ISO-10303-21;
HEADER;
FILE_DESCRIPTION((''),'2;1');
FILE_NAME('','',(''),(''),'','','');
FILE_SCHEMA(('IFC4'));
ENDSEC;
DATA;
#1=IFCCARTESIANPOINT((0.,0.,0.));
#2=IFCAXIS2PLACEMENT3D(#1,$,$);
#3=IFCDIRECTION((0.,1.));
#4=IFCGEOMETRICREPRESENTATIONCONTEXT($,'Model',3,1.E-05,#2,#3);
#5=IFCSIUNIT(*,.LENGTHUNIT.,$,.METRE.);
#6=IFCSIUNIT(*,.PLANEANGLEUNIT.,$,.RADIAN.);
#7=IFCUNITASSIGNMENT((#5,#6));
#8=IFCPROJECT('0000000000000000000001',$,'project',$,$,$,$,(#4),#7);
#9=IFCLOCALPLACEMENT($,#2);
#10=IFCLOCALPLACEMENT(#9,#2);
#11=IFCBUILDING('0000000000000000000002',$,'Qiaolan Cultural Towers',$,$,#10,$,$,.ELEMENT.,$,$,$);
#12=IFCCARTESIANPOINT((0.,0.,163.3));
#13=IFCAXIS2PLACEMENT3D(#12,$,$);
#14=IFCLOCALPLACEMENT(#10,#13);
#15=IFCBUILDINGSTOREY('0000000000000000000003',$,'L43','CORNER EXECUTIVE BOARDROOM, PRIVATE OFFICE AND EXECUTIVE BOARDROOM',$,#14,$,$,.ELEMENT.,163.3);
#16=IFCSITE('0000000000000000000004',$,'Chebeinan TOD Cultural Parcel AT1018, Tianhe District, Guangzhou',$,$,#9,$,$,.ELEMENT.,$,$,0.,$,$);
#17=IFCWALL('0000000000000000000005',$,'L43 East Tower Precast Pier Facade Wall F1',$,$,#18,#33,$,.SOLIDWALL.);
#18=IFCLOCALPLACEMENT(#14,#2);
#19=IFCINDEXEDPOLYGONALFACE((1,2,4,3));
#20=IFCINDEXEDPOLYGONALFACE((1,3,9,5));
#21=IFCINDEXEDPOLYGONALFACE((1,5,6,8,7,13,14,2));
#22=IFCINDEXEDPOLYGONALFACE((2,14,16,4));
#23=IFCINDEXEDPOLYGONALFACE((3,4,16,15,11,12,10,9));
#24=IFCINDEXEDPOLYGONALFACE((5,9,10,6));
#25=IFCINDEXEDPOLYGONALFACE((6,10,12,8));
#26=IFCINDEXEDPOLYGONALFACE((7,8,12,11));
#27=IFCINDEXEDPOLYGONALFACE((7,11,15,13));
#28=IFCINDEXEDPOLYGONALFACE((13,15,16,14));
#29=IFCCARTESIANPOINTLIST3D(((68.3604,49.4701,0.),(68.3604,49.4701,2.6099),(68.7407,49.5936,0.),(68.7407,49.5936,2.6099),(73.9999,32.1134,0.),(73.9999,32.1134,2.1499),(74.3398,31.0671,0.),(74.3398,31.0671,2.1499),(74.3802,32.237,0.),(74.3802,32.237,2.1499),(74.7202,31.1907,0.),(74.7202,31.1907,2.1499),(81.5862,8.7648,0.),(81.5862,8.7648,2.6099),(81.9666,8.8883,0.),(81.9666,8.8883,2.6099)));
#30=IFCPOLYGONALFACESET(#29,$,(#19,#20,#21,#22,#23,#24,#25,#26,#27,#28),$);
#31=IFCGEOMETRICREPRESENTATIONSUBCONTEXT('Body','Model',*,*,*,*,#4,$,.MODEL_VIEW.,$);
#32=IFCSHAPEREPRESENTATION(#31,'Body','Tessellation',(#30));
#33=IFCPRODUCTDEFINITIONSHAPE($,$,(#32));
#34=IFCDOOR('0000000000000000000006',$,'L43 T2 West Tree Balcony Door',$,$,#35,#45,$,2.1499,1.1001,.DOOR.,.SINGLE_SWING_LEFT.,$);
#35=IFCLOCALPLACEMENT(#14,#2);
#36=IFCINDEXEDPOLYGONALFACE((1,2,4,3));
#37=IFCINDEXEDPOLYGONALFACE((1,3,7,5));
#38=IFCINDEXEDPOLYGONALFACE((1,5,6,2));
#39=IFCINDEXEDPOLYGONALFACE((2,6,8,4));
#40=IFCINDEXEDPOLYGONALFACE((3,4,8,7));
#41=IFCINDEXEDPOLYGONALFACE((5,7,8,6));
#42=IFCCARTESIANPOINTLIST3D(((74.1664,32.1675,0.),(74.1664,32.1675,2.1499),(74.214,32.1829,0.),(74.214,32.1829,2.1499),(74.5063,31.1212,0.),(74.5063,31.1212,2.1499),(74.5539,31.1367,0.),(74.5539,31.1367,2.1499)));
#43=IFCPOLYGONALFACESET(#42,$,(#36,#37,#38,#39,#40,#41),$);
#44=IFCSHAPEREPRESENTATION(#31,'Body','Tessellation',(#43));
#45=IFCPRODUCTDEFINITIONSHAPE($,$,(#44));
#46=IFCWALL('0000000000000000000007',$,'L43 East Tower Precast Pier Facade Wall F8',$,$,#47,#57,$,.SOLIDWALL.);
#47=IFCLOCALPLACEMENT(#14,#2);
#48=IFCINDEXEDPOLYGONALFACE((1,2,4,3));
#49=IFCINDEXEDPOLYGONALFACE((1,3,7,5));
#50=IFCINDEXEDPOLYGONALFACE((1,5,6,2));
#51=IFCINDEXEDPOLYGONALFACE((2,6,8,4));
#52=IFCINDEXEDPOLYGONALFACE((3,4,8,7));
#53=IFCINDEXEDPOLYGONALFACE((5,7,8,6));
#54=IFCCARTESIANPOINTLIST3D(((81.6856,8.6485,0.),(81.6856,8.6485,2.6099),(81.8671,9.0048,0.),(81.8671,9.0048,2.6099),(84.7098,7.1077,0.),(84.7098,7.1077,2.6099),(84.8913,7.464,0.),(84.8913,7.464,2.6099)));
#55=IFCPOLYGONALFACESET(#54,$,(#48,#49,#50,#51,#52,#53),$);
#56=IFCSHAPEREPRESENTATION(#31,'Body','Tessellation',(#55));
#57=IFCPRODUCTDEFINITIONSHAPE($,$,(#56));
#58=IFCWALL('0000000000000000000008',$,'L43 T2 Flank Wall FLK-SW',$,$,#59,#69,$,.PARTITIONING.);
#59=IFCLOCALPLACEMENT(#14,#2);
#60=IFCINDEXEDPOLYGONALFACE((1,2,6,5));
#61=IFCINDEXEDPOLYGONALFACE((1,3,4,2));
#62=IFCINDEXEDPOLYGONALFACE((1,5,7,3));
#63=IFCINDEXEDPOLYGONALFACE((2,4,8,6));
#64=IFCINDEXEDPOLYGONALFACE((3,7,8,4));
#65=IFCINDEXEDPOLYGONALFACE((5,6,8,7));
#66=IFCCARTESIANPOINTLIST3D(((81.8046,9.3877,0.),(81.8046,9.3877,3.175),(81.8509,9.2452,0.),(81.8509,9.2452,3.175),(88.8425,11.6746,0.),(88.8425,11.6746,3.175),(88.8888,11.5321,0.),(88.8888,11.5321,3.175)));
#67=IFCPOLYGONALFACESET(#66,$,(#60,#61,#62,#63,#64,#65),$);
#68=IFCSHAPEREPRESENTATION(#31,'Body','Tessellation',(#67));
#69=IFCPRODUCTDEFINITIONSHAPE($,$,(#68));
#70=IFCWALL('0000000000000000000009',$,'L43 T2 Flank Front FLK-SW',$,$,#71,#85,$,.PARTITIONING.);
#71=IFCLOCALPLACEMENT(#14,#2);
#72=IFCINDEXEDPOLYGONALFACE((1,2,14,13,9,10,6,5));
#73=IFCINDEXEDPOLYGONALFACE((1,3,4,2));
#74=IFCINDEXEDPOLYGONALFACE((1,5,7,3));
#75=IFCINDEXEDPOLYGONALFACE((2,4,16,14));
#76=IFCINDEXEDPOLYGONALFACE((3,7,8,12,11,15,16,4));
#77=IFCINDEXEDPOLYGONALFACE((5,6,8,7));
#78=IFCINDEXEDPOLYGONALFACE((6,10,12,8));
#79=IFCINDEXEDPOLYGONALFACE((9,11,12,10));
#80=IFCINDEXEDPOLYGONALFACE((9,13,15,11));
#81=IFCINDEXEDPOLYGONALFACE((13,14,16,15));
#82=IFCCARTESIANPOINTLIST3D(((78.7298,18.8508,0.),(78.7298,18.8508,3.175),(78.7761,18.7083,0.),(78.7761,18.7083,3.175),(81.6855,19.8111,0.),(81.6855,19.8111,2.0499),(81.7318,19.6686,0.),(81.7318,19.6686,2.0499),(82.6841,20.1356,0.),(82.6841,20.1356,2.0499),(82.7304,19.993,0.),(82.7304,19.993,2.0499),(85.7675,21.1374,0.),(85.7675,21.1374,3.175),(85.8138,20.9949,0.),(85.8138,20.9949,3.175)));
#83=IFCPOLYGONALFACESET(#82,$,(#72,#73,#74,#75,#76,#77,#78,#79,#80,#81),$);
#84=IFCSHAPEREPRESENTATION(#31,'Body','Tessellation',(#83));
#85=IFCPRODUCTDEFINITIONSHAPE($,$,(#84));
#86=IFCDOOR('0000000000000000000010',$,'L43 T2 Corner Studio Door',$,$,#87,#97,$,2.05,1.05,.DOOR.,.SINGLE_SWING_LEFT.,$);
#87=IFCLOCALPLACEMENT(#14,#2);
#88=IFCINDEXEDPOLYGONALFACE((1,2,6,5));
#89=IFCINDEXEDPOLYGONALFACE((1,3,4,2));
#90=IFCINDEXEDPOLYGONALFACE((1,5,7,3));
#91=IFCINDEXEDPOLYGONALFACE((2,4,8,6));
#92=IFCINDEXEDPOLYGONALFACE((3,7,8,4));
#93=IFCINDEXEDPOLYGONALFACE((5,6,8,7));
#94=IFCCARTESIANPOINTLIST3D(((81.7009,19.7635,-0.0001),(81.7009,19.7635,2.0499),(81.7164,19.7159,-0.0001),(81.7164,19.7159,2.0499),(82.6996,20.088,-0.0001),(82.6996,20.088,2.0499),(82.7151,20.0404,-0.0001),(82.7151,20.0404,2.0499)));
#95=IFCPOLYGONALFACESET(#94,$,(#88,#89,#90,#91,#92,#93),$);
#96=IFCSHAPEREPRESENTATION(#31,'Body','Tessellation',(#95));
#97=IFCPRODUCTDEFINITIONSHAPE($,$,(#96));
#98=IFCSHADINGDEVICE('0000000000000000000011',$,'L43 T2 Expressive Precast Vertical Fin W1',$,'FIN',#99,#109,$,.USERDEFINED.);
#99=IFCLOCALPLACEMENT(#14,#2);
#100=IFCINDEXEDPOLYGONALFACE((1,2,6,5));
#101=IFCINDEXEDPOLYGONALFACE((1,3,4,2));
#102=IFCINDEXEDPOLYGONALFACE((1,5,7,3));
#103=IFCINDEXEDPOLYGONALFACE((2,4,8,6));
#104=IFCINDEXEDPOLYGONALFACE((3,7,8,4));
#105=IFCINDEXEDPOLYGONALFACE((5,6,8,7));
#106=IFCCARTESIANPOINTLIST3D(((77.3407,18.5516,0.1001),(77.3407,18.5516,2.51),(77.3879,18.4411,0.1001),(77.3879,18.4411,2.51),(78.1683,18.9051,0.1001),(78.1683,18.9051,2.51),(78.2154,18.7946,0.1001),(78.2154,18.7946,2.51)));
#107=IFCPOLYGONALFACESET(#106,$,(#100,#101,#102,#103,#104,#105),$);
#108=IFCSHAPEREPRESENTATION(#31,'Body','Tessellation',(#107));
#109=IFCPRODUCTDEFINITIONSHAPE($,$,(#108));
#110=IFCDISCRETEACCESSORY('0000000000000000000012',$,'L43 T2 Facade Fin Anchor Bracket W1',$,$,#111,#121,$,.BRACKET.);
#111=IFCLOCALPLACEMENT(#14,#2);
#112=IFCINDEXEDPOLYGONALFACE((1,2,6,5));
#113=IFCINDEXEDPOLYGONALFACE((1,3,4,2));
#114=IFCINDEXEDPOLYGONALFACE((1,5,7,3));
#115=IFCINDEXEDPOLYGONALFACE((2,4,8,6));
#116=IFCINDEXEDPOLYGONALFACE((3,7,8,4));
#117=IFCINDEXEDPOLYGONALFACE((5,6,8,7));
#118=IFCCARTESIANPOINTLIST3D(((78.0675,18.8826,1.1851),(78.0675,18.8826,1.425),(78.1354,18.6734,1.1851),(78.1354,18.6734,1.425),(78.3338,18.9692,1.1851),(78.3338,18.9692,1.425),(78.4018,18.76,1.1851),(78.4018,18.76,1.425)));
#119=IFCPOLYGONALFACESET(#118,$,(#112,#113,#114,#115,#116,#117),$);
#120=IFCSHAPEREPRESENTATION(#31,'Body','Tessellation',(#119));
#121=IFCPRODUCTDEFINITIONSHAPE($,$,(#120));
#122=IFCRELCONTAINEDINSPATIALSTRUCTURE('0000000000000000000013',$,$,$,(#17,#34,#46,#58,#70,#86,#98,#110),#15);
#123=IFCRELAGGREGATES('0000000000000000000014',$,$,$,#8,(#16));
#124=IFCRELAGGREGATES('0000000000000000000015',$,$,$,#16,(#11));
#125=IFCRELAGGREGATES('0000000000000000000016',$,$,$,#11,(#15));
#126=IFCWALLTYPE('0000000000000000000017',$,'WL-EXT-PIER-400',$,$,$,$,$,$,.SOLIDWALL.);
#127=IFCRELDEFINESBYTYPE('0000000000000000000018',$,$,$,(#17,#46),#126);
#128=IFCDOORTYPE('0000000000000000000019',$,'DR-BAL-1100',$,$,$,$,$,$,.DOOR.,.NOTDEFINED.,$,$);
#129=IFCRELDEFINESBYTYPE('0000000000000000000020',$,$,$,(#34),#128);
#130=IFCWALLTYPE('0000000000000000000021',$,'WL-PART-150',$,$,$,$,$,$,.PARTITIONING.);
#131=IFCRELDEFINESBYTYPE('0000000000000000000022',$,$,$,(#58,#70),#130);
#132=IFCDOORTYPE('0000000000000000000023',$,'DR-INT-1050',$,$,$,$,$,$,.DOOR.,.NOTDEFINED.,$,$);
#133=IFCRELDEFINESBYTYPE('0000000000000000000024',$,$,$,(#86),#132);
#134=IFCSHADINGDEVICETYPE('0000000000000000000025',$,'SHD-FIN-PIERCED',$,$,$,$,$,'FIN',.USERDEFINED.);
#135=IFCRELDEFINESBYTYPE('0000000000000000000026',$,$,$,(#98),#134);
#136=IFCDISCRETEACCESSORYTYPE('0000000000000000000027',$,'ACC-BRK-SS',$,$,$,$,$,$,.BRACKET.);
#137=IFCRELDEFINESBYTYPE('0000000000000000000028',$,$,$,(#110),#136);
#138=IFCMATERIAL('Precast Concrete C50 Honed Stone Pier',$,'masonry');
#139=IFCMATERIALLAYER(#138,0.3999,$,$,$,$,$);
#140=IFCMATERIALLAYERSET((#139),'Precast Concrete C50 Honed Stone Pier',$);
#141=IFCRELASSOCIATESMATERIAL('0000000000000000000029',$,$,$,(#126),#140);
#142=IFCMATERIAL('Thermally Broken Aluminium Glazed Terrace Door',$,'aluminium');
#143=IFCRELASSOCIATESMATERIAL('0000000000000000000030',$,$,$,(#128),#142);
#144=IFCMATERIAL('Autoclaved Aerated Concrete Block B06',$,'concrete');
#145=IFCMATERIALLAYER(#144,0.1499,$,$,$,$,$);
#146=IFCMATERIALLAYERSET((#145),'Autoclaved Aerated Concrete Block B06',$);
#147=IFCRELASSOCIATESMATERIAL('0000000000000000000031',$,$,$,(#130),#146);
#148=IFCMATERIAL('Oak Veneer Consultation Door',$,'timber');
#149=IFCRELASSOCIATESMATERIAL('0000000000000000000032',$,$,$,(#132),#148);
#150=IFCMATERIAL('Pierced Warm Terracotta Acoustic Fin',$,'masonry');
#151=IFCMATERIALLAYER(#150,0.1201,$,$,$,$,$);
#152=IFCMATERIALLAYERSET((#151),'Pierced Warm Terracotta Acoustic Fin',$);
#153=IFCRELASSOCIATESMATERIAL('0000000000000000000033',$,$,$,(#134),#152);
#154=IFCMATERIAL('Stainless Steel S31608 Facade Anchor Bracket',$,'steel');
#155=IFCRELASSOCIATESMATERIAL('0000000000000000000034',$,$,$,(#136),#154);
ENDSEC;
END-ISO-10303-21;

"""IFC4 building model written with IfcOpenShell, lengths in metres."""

from ifc_helpers import new_model, si_unit, direction, frame, frame_2d, origin, origin_2d, place, context, subcontext, project, spatial, rectangle, extrude, material, layer, layer_set, type_object, element, fill, save


model = new_model("IFC4")

# Units and contexts
model_context = context("Model", 3, precision=1e-05, world=origin(), true_north=direction((0.0, 1.0)))
body_context = subcontext(model_context, "Body", "Model", "MODEL_VIEW")
ifc_project = project(units=[si_unit("LENGTHUNIT", "METRE"), si_unit("PLANEANGLEUNIT", "RADIAN")], contexts=[model_context])

# Site, building, storey
site_placement = place(None, origin())
site = spatial("IfcSite", under=ifc_project, at=site_placement, Name="Chebeinan TOD Cultural Parcel AT1018, Tianhe District, Guangzhou", CompositionType="ELEMENT", RefElevation=0.0)
building_placement = place(site_placement, origin())
building = spatial("IfcBuilding", under=site, at=building_placement, Name="Qiaolan Cultural Towers", CompositionType="ELEMENT")
storey_placement = place(building_placement, frame((0.0, 0.0, 163.3)))
storey = spatial("IfcBuildingStorey", under=building, at=storey_placement, Name="L43", Description="CORNER EXECUTIVE BOARDROOM, PRIVATE OFFICE AND EXECUTIVE BOARDROOM", CompositionType="ELEMENT", Elevation=163.3)

# Wall, opening, door
ifc_material_1 = material(Name="Precast Concrete C50 Honed Stone Pier", Category="masonry")
ifc_layer_1 = layer(ifc_material_1, 0.3999)
ifc_layer_set_1 = layer_set([ifc_layer_1], Name="Precast Concrete C50 Honed Stone Pier")
wall_type_1 = type_object("IfcWallType", Name="WL-EXT-PIER-400", PredefinedType="SOLIDWALL", material=ifc_layer_set_1)
wall_1_placement = place(storey_placement, frame((81.7764, 8.8267, 0.0), z_axis=(0.0, 0.0, 1.0), x_axis=(-0.309014, 0.951057, 0.0)))
wall_1 = element("IfcWall", 1, at=wall_1_placement, inside=storey, type_object=wall_type_1, Name="L43 East Tower Precast Pier Facade Wall F1", PredefinedType="SOLIDWALL", context=body_context, shape_type="SweptSolid", body=[
    extrude(rectangle(XDim=42.8, YDim=0.3999, at=frame_2d((21.3999, 0.0))), origin(), (0.0, 0.0, 1.0), 2.6099),
])
opening_1_placement = place(wall_1_placement, frame((23.45, 0.0, 0.0)))
opening_1 = element("IfcOpeningElement", 2, at=opening_1_placement, cuts=wall_1, PredefinedType="OPENING", context=body_context, shape_type="SweptSolid", body=[
    extrude(rectangle(XDim=1.1001, YDim=2.1499, at=frame_2d((0.55, 1.075))), frame((0.0, 0.21, 0.0), z_axis=(0.0, -1.0, 0.0), x_axis=(1.0, 0.0, 0.0)), (0.0, 0.0, 1.0), 0.4199),
])
ifc_material_2 = material(Name="Thermally Broken Aluminium Glazed Terrace Door", Category="aluminium")
door_type_1 = type_object("IfcDoorType", Name="DR-BAL-1100", OperationType="NOTDEFINED", PredefinedType="DOOR", material=ifc_material_2)
door_1_placement = place(opening_1_placement, origin())
door_1 = element("IfcDoor", 3, at=door_1_placement, inside=storey, type_object=door_type_1, Name="L43 T2 West Tree Balcony Door", OperationType="SINGLE_SWING_LEFT", OverallHeight=2.1499, OverallWidth=1.1001, PredefinedType="DOOR", context=body_context, shape_type="SweptSolid", body=[
    extrude(rectangle(XDim=1.1001, YDim=2.1499, at=frame_2d((0.55, 1.075))), frame((0.0, 0.0249, 0.0), z_axis=(0.0, -1.0, 0.0), x_axis=(1.0, 0.0, 0.0)), (0.0, 0.0, 1.0), 0.05),
])
fill(opening_1, door_1)

# Walls
wall_2_placement = place(storey_placement, frame((84.8005, 7.2859, 0.0), z_axis=(0.0, 0.0, 1.0), x_axis=(-0.891021, 0.453962, 0.0)))
element("IfcWall", 4, at=wall_2_placement, inside=storey, type_object=wall_type_1, Name="L43 East Tower Precast Pier Facade Wall F8", PredefinedType="SOLIDWALL", context=body_context, shape_type="SweptSolid", body=[
    extrude(rectangle(XDim=3.394, YDim=0.3999, at=frame_2d((1.697, 0.0))), origin(), (0.0, 0.0, 1.0), 2.6099),
])
ifc_material_3 = material(Name="Autoclaved Aerated Concrete Block B06", Category="concrete")
ifc_layer_2 = layer(ifc_material_3, 0.1499)
ifc_layer_set_2 = layer_set([ifc_layer_2], Name="Autoclaved Aerated Concrete Block B06")
wall_type_2 = type_object("IfcWallType", Name="WL-PART-150", PredefinedType="PARTITIONING", material=ifc_layer_set_2)
wall_3_placement = place(storey_placement, frame((81.8276, 9.3164, 0.0), z_axis=(0.0, 0.0, 1.0), x_axis=(0.951051, 0.309033, 0.0)))
element("IfcWall", 5, at=wall_3_placement, inside=storey, type_object=wall_type_2, Name="L43 T2 Flank Wall FLK-SW", PredefinedType="PARTITIONING", context=body_context, shape_type="SweptSolid", body=[
    extrude(rectangle(XDim=7.4001, YDim=0.1499, at=frame_2d((3.7002, 0.0))), origin(), (0.0, 0.0, 1.0), 3.175),
])

# Wall, opening, door
wall_4_placement = place(storey_placement, frame((78.7529, 18.7795, 0.0), z_axis=(0.0, 0.0, 1.0), x_axis=(0.951061, 0.309003, 0.0)))
wall_4 = element("IfcWall", 6, at=wall_4_placement, inside=storey, type_object=wall_type_2, Name="L43 T2 Flank Front FLK-SW", PredefinedType="PARTITIONING", context=body_context, shape_type="SweptSolid", body=[
    extrude(rectangle(XDim=7.3999, YDim=0.1499, at=frame_2d((3.7, 0.0))), origin(), (0.0, 0.0, 1.0), 3.175),
])
opening_2_placement = place(wall_4_placement, frame((3.1079, 0.0, 0.0)))
opening_2 = element("IfcOpeningElement", 7, at=opening_2_placement, cuts=wall_4, PredefinedType="OPENING", context=body_context, shape_type="SweptSolid", body=[
    extrude(rectangle(XDim=1.05, YDim=2.05, at=frame_2d((0.5249, 1.0249))), frame((0.0, 0.085, 0.0), z_axis=(0.0, -1.0, 0.0), x_axis=(1.0, 0.0, 0.0)), (0.0, 0.0, 1.0), 0.1699),
])
ifc_material_4 = material(Name="Oak Veneer Consultation Door", Category="timber")
door_type_2 = type_object("IfcDoorType", Name="DR-INT-1050", OperationType="NOTDEFINED", PredefinedType="DOOR", material=ifc_material_4)
door_2_placement = place(opening_2_placement, origin())
door_2 = element("IfcDoor", 8, at=door_2_placement, inside=storey, type_object=door_type_2, Name="L43 T2 Corner Studio Door", OperationType="SINGLE_SWING_LEFT", OverallHeight=2.05, OverallWidth=1.05, PredefinedType="DOOR", context=body_context, shape_type="SweptSolid", body=[
    extrude(rectangle(XDim=1.05, YDim=2.05, at=frame_2d((0.5249, 1.0249))), frame((0.0, 0.0249, 0.0), z_axis=(0.0, -1.0, 0.0), x_axis=(1.0, 0.0, 0.0)), (0.0, 0.0, 1.0), 0.05),
])
fill(opening_2, door_2)

# Shading device
ifc_material_5 = material(Name="Pierced Warm Terracotta Acoustic Fin", Category="masonry")
ifc_layer_3 = layer(ifc_material_5, 0.1201)
ifc_layer_set_3 = layer_set([ifc_layer_3], Name="Pierced Warm Terracotta Acoustic Fin")
shading_device_type = type_object("IfcShadingDeviceType", Name="SHD-FIN-PIERCED", ElementType="FIN", PredefinedType="USERDEFINED", material=ifc_layer_set_3)
shading_device_placement = place(storey_placement, frame((77.7781, 18.6731, 0.1001), z_axis=(0.0, 0.0, 1.0), x_axis=(0.919614, 0.392824, 0.0)))
element("IfcShadingDevice", 9, at=shading_device_placement, inside=storey, type_object=shading_device_type, Name="L43 T2 Expressive Precast Vertical Fin W1", ObjectType="FIN", PredefinedType="USERDEFINED", context=body_context, shape_type="SweptSolid", body=[
    extrude(rectangle(XDim=0.8999, YDim=0.1201, at=origin_2d()), origin(), (0.0, 0.0, 1.0), 2.4099),
])

# Discrete accessory
ifc_material_6 = material(Name="Stainless Steel S31608 Facade Anchor Bracket", Category="steel")
discrete_accessory_type = type_object("IfcDiscreteAccessoryType", Name="ACC-BRK-SS", PredefinedType="BRACKET", material=ifc_material_6)
discrete_accessory_placement = place(storey_placement, frame((78.2346, 18.8213, 1.1851), z_axis=(0.0, 0.0, 1.0), x_axis=(0.951057, 0.309017, 0.0)))
element("IfcDiscreteAccessory", 10, at=discrete_accessory_placement, inside=storey, type_object=discrete_accessory_type, Name="L43 T2 Facade Fin Anchor Bracket W1", PredefinedType="BRACKET", context=body_context, shape_type="SweptSolid", body=[
    extrude(rectangle(XDim=0.28, YDim=0.22, at=origin_2d()), origin(), (0.0, 0.0, 1.0), 0.24),
])

save(model, "model.ifc")
